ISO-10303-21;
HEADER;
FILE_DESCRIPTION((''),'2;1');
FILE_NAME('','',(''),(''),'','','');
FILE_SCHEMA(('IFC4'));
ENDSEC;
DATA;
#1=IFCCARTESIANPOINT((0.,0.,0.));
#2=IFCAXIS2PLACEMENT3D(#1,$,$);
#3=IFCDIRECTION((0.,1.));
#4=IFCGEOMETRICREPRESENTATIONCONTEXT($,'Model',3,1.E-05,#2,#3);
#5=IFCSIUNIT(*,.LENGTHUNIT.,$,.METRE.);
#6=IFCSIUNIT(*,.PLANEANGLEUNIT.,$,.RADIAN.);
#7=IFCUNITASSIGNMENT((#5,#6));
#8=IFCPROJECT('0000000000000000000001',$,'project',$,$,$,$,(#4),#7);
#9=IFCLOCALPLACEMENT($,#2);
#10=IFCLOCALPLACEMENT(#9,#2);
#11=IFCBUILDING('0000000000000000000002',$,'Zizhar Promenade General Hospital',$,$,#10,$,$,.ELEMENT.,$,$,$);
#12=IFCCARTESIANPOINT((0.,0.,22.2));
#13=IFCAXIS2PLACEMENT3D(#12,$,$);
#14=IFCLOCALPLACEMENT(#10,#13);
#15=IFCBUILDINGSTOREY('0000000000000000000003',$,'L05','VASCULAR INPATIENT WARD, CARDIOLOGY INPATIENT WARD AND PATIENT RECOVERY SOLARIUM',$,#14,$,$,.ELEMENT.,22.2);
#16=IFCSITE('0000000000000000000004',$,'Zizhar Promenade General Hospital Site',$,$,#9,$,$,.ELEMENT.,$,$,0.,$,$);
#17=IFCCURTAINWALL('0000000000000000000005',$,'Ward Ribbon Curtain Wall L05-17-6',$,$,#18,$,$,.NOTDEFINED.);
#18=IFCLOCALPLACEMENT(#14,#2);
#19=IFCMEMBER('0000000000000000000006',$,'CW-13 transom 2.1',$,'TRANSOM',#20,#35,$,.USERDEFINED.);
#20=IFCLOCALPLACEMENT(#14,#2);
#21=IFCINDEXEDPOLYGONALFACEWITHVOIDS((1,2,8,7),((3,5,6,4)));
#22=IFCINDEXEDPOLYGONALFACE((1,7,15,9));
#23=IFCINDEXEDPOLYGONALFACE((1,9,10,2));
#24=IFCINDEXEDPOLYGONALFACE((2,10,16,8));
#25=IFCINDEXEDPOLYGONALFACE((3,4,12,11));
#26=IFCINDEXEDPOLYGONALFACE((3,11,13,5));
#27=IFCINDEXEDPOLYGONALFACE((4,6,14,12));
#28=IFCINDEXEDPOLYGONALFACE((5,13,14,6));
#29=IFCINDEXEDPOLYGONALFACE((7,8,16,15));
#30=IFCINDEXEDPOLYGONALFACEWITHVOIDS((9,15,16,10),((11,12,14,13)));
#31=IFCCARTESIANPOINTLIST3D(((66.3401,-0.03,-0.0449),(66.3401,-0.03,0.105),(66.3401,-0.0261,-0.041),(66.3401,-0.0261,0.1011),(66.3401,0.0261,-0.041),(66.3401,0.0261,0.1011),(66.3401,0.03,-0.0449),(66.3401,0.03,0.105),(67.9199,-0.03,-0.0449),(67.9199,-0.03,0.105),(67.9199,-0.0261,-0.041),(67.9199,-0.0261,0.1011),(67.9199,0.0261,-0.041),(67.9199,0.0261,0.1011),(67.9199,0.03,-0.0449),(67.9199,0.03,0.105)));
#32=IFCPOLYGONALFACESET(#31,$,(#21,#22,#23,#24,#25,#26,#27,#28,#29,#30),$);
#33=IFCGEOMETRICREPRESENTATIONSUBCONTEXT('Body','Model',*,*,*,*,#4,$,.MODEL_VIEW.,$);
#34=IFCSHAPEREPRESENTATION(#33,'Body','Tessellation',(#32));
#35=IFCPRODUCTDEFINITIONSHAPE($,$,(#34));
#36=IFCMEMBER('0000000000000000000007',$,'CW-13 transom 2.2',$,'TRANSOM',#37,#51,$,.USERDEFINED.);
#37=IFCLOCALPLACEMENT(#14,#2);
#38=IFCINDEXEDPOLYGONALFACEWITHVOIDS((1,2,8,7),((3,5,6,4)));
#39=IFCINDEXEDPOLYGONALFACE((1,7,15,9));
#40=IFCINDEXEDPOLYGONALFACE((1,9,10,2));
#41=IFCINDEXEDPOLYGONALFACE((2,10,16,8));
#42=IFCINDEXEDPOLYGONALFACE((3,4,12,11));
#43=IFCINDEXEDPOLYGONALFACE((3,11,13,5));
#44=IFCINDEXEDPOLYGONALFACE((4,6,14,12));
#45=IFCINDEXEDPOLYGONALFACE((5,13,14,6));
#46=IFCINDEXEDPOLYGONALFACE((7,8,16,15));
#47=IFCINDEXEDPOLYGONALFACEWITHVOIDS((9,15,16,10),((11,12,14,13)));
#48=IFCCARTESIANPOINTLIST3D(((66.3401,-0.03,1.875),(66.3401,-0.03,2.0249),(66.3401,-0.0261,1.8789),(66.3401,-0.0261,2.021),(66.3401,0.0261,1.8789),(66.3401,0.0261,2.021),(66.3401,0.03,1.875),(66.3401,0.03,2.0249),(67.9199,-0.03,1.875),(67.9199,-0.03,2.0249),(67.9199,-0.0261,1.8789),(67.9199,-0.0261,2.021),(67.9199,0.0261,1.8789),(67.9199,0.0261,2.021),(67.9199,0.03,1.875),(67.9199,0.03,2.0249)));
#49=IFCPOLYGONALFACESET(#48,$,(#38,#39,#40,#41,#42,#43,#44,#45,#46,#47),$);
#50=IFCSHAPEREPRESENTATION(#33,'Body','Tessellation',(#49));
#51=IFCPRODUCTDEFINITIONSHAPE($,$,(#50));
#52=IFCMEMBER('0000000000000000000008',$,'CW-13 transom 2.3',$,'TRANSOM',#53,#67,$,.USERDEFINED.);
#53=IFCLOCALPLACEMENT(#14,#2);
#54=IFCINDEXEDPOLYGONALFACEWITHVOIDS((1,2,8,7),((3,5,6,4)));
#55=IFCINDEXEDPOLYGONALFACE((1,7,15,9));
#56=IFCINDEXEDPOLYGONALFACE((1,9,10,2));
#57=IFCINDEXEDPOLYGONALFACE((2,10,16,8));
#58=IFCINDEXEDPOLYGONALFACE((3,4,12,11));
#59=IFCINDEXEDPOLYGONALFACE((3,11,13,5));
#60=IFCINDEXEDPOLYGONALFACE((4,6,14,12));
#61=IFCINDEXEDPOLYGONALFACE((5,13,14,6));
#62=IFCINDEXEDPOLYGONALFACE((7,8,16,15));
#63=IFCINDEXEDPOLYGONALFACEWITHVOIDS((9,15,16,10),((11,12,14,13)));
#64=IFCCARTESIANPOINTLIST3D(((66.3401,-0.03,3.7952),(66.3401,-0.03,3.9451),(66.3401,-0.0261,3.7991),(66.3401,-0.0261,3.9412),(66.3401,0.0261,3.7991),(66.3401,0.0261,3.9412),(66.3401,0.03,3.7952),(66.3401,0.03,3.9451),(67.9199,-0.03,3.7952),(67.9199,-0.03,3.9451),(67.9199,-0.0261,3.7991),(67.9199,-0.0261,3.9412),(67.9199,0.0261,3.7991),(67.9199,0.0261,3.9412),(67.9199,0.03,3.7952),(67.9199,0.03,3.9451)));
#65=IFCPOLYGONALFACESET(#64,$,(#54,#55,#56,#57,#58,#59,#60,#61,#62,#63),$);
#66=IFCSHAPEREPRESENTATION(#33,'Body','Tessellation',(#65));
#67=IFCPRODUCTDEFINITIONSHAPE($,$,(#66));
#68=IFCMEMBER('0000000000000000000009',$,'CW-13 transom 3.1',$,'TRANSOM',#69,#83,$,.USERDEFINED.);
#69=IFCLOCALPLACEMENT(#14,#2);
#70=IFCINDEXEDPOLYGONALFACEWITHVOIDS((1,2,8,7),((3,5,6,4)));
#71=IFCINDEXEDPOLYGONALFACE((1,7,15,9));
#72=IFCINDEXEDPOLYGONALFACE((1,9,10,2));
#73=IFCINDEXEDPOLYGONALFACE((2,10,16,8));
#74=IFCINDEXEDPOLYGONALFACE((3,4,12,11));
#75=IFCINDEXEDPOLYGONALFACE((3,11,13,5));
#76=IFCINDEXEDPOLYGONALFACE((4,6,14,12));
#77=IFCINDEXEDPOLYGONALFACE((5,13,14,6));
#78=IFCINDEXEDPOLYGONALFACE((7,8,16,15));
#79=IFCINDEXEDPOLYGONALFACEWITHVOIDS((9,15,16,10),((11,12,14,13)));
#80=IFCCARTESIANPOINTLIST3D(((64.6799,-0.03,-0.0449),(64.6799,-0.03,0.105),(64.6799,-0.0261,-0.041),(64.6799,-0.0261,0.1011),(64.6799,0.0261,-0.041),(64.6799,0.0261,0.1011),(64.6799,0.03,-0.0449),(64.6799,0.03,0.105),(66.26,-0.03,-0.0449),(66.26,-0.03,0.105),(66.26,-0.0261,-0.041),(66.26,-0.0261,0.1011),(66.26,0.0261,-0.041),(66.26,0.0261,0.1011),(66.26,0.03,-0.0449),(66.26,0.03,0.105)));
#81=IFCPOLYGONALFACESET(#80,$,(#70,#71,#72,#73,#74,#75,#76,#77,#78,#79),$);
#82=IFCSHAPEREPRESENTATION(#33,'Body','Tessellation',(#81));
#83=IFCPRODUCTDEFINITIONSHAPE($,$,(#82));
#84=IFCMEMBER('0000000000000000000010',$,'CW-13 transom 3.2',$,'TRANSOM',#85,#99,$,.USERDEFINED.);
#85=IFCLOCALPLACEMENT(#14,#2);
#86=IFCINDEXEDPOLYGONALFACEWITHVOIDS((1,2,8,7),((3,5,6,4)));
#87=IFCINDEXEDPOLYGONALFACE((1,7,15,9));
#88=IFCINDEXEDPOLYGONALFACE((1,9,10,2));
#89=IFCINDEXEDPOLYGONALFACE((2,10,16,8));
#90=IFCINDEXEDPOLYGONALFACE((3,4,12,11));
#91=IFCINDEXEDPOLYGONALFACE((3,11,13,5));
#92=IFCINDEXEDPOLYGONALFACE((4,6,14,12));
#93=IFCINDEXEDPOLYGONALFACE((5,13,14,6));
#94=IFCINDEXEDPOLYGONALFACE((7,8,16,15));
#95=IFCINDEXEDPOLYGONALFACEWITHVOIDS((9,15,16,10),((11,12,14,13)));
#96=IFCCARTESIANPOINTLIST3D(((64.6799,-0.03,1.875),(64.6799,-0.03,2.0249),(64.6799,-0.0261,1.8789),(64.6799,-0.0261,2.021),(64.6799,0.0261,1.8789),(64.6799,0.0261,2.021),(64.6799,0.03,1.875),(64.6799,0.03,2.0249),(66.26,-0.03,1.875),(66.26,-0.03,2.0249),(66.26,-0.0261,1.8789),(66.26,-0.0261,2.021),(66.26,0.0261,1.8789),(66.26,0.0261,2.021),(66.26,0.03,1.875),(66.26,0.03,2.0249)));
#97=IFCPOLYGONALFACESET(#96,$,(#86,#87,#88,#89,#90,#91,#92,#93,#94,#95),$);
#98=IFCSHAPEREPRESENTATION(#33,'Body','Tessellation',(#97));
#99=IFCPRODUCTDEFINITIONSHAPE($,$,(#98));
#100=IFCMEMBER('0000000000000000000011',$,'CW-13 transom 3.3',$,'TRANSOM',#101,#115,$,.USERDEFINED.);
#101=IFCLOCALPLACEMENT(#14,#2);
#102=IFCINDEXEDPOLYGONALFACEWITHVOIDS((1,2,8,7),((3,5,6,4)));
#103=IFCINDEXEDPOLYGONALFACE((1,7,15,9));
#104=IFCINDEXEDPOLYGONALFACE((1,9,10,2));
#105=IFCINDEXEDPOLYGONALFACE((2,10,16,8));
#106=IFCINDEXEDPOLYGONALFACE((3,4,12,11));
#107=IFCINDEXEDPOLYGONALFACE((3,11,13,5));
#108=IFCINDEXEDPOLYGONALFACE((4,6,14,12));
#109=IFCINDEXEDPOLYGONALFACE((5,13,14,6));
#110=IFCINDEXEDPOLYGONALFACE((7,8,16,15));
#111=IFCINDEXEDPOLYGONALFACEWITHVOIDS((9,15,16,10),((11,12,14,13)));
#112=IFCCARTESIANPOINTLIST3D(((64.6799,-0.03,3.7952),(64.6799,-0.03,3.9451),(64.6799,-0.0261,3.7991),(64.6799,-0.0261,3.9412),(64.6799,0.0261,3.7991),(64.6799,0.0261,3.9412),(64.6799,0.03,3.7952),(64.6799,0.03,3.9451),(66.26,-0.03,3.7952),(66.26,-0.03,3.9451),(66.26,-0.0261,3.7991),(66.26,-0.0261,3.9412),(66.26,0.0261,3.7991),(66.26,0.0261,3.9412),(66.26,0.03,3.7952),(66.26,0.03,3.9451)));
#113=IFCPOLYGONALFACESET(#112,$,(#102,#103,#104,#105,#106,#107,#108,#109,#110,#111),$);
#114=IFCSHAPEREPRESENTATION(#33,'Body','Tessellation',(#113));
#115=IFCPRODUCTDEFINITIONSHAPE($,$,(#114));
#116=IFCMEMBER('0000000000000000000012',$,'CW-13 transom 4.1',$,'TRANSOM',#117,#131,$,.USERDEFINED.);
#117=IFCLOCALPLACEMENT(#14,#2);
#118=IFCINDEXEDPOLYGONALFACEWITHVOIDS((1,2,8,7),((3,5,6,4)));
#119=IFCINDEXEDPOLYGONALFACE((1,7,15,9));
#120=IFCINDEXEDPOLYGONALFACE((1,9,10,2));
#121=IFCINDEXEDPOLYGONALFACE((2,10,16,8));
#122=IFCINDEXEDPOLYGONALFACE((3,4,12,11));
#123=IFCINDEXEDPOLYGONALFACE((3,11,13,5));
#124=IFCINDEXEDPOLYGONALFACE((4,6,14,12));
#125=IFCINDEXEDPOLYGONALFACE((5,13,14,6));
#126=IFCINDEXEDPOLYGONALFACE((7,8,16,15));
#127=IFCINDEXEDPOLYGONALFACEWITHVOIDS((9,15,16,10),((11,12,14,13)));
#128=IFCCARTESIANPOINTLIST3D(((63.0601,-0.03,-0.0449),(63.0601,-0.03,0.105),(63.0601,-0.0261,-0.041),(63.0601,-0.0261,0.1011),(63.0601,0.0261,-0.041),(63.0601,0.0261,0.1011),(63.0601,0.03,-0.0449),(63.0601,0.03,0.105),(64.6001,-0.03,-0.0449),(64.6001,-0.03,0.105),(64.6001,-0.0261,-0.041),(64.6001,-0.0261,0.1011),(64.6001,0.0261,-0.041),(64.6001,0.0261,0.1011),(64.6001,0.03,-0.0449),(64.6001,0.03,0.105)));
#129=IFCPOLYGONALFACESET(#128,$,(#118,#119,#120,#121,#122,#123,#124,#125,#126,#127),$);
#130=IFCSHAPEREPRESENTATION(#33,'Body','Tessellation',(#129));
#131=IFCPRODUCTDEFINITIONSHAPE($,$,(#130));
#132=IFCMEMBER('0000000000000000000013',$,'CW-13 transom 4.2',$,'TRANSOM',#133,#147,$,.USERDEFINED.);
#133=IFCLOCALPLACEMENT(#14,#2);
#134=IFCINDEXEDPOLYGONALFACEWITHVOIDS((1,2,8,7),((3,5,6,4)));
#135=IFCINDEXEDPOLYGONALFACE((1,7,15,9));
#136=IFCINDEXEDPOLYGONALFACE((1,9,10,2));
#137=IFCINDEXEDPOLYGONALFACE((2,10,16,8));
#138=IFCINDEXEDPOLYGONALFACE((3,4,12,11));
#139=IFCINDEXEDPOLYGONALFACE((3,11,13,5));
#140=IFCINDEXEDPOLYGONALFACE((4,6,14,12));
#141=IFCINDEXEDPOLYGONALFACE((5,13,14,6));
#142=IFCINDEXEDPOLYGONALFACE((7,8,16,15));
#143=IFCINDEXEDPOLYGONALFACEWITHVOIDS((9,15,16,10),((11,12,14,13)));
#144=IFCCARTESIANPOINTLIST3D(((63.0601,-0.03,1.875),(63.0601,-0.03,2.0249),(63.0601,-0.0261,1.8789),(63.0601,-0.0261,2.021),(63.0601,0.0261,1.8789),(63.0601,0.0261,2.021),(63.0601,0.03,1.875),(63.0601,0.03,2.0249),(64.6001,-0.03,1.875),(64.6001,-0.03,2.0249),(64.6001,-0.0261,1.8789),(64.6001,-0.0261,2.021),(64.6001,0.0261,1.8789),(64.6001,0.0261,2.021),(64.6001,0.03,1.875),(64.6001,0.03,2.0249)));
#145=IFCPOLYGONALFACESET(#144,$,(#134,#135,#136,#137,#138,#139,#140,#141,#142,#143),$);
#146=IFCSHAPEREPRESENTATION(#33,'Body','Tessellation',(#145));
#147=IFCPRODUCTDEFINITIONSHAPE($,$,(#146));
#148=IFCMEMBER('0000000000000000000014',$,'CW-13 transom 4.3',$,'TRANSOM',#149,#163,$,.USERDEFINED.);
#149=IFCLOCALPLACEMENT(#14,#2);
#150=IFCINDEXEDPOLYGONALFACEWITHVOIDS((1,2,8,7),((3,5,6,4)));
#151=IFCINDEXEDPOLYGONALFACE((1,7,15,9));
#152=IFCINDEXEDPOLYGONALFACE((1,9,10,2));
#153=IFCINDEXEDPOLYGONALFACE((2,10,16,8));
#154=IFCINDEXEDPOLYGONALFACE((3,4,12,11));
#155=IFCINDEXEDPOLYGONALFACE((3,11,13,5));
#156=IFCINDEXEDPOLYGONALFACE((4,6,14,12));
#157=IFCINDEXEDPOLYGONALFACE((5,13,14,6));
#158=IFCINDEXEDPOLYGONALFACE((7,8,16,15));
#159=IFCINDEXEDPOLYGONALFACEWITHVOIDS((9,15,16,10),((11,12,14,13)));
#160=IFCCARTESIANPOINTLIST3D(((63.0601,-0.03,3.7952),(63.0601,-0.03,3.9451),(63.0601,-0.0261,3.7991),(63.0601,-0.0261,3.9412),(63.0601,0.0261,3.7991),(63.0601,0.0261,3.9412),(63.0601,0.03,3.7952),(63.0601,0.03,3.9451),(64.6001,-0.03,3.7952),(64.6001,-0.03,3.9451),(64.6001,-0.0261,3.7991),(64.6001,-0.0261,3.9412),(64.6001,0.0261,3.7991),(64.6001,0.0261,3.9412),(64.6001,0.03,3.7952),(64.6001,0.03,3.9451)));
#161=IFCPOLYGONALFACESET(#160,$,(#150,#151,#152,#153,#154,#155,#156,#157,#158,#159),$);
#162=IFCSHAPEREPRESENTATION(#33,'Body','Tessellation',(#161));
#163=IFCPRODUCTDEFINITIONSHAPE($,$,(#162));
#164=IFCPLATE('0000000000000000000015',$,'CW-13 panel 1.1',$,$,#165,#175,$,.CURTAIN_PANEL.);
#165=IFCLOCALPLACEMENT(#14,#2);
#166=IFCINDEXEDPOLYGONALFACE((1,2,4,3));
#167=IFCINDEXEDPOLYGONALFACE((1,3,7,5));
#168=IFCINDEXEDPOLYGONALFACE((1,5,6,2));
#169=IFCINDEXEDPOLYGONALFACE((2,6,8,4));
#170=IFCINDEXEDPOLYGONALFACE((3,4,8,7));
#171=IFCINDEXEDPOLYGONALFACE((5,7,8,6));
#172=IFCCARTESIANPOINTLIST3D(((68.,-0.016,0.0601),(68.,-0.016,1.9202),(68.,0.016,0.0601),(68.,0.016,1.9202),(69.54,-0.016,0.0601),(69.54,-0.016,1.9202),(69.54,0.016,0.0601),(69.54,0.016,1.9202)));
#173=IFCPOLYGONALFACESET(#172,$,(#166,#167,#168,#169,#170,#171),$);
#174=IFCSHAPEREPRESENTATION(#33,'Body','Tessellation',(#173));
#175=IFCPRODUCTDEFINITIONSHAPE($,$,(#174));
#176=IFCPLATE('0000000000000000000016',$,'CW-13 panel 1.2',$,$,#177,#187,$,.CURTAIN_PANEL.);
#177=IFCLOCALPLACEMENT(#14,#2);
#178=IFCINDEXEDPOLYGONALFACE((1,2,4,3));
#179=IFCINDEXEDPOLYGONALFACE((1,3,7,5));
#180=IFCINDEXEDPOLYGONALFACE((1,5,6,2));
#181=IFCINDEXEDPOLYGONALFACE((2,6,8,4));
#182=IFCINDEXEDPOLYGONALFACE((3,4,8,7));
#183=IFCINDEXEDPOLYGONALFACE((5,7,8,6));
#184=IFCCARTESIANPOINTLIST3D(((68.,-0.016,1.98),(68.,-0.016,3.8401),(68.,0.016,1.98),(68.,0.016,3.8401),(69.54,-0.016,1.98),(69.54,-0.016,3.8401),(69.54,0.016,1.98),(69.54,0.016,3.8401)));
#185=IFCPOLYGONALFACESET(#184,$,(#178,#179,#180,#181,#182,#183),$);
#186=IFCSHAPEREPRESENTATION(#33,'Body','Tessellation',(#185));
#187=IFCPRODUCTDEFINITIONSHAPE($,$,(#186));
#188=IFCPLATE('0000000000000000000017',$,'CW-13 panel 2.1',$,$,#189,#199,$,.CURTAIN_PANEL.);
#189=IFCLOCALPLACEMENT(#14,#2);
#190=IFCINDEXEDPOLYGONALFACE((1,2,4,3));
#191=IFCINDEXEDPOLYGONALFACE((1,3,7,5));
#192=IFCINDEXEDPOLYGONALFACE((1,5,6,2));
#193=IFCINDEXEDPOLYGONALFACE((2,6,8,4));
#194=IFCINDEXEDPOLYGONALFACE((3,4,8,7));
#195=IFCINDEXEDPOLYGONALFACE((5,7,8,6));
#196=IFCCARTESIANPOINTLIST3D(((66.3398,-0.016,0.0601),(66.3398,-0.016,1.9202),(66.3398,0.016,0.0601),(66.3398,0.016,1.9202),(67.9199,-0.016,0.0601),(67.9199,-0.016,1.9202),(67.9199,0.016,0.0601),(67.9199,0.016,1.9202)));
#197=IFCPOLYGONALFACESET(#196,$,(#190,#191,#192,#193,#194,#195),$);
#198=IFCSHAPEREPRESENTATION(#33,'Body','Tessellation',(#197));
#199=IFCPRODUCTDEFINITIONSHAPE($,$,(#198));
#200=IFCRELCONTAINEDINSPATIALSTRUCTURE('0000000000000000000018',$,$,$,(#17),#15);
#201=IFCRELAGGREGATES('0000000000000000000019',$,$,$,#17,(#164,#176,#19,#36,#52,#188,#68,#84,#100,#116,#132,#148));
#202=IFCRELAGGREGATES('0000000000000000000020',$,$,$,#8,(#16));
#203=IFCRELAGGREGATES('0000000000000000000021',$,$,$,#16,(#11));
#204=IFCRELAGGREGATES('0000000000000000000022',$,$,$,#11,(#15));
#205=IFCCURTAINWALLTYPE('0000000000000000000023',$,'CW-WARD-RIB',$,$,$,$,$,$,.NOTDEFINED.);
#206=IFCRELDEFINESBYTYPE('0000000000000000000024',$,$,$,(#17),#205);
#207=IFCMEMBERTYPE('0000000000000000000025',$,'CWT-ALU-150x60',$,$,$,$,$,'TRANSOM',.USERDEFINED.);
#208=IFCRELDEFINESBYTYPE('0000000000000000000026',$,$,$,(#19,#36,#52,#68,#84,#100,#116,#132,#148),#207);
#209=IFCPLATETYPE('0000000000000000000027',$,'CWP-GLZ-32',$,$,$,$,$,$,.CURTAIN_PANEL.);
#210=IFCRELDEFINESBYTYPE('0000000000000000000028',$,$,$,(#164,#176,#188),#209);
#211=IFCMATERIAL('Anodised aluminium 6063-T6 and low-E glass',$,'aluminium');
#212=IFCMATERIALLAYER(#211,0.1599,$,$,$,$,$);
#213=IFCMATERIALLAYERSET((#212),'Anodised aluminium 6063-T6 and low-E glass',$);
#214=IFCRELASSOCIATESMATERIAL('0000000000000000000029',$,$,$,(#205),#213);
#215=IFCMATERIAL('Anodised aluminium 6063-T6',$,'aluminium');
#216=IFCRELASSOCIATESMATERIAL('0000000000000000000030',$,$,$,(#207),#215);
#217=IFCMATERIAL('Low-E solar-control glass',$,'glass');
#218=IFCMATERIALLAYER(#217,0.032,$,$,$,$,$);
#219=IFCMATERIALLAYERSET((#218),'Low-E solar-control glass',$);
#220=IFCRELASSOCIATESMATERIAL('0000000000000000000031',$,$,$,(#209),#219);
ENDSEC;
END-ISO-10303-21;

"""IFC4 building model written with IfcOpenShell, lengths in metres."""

from ifc_helpers import new_model, si_unit, direction, frame, origin, origin_2d, place, context, subcontext, project, spatial, rectangle, hollow_rectangle, extrude, material, layer, layer_set, material_profile, profile_set, type_object, element, aggregate, save


model = new_model("IFC4")

# Units and contexts
model_context = context("Model", 3, precision=1e-05, world=origin(), true_north=direction((0.0, 1.0)))
body_context = subcontext(model_context, "Body", "Model", "MODEL_VIEW")
ifc_project = project(units=[si_unit("LENGTHUNIT", "METRE"), si_unit("PLANEANGLEUNIT", "RADIAN")], contexts=[model_context])

# Site, building, storey
site_placement = place(None, origin())
site = spatial("IfcSite", under=ifc_project, at=site_placement, Name="Zizhar Promenade General Hospital Site", CompositionType="ELEMENT", RefElevation=0.0)
building_placement = place(site_placement, origin())
building = spatial("IfcBuilding", under=site, at=building_placement, Name="Zizhar Promenade General Hospital", CompositionType="ELEMENT")
storey_placement = place(building_placement, frame((0.0, 0.0, 22.2)))
storey = spatial("IfcBuildingStorey", under=building, at=storey_placement, Name="L05", Description="VASCULAR INPATIENT WARD, CARDIOLOGY INPATIENT WARD AND PATIENT RECOVERY SOLARIUM", CompositionType="ELEMENT", Elevation=22.2)

# Curtain wall, members, plates
ifc_material_1 = material(Name="Anodised aluminium 6063-T6 and low-E glass", Category="aluminium")
ifc_layer_1 = layer(ifc_material_1, 0.1599)
ifc_layer_set_1 = layer_set([ifc_layer_1], Name="Anodised aluminium 6063-T6 and low-E glass")
curtain_wall_type = type_object("IfcCurtainWallType", Name="CW-WARD-RIB", PredefinedType="NOTDEFINED", material=ifc_layer_set_1)
curtain_wall_placement = place(storey_placement, origin())
curtain_wall = element("IfcCurtainWall", 1, at=curtain_wall_placement, inside=storey, type_object=curtain_wall_type, Name="Ward Ribbon Curtain Wall L05-17-6", PredefinedType="NOTDEFINED")
ifc_material_2 = material(Name="Anodised aluminium 6063-T6", Category="aluminium")
ifc_material_profile_1 = material_profile(ifc_material_2, hollow_rectangle(XDim=0.0601, YDim=0.1499, WallThickness=0.0039, at=origin_2d()))
ifc_profile_set_1 = profile_set([ifc_material_profile_1], Name="Anodised aluminium 6063-T6")
member_type_1 = type_object("IfcMemberType", Name="CWT-ALU-150x60", ElementType="TRANSOM", PredefinedType="USERDEFINED", material=ifc_profile_set_1)
member_1_placement = place(storey_placement, frame((67.9199, 0.0, 0.03), z_axis=(-1.0, 0.0, 0.0), x_axis=(0.0, -1.0, 0.0)))
member_1 = element("IfcMember", 2, at=member_1_placement, type_object=member_type_1, Name="CW-13 transom 2.1", ObjectType="TRANSOM", PredefinedType="USERDEFINED", context=body_context, shape_type="SweptSolid", body=[
    extrude(hollow_rectangle(XDim=0.0601, YDim=0.1499, WallThickness=0.0039, at=origin_2d()), origin(), (0.0, 0.0, 1.0), 1.5798),
])
member_2_placement = place(storey_placement, frame((67.9199, 0.0, 1.95), z_axis=(-1.0, 0.0, 0.0), x_axis=(0.0, -1.0, 0.0)))
member_2 = element("IfcMember", 3, at=member_2_placement, type_object=member_type_1, Name="CW-13 transom 2.2", ObjectType="TRANSOM", PredefinedType="USERDEFINED", context=body_context, shape_type="SweptSolid", body=[
    extrude(hollow_rectangle(XDim=0.0601, YDim=0.1499, WallThickness=0.0039, at=origin_2d()), origin(), (0.0, 0.0, 1.0), 1.5798),
])
member_3_placement = place(storey_placement, frame((67.9199, 0.0, 3.8701), z_axis=(-1.0, 0.0, 0.0), x_axis=(0.0, -1.0, 0.0)))
member_3 = element("IfcMember", 4, at=member_3_placement, type_object=member_type_1, Name="CW-13 transom 2.3", ObjectType="TRANSOM", PredefinedType="USERDEFINED", context=body_context, shape_type="SweptSolid", body=[
    extrude(hollow_rectangle(XDim=0.0601, YDim=0.1499, WallThickness=0.0039, at=origin_2d()), origin(), (0.0, 0.0, 1.0), 1.5798),
])
member_4_placement = place(storey_placement, frame((66.26, 0.0, 0.03), z_axis=(-1.0, 0.0, 0.0), x_axis=(0.0, -1.0, 0.0)))
member_4 = element("IfcMember", 5, at=member_4_placement, type_object=member_type_1, Name="CW-13 transom 3.1", ObjectType="TRANSOM", PredefinedType="USERDEFINED", context=body_context, shape_type="SweptSolid", body=[
    extrude(hollow_rectangle(XDim=0.0601, YDim=0.1499, WallThickness=0.0039, at=origin_2d()), origin(), (0.0, 0.0, 1.0), 1.5801),
])
member_5_placement = place(storey_placement, frame((66.26, 0.0, 1.95), z_axis=(-1.0, 0.0, 0.0), x_axis=(0.0, -1.0, 0.0)))
member_5 = element("IfcMember", 6, at=member_5_placement, type_object=member_type_1, Name="CW-13 transom 3.2", ObjectType="TRANSOM", PredefinedType="USERDEFINED", context=body_context, shape_type="SweptSolid", body=[
    extrude(hollow_rectangle(XDim=0.0601, YDim=0.1499, WallThickness=0.0039, at=origin_2d()), origin(), (0.0, 0.0, 1.0), 1.5801),
])
member_6_placement = place(storey_placement, frame((66.26, 0.0, 3.8701), z_axis=(-1.0, 0.0, 0.0), x_axis=(0.0, -1.0, 0.0)))
member_6 = element("IfcMember", 7, at=member_6_placement, type_object=member_type_1, Name="CW-13 transom 3.3", ObjectType="TRANSOM", PredefinedType="USERDEFINED", context=body_context, shape_type="SweptSolid", body=[
    extrude(hollow_rectangle(XDim=0.0601, YDim=0.1499, WallThickness=0.0039, at=origin_2d()), origin(), (0.0, 0.0, 1.0), 1.5801),
])
member_7_placement = place(storey_placement, frame((64.6001, 0.0, 0.03), z_axis=(-1.0, 0.0, 0.0), x_axis=(0.0, -1.0, 0.0)))
member_7 = element("IfcMember", 8, at=member_7_placement, type_object=member_type_1, Name="CW-13 transom 4.1", ObjectType="TRANSOM", PredefinedType="USERDEFINED", context=body_context, shape_type="SweptSolid", body=[
    extrude(hollow_rectangle(XDim=0.0601, YDim=0.1499, WallThickness=0.0039, at=origin_2d()), origin(), (0.0, 0.0, 1.0), 1.54),
])
member_8_placement = place(storey_placement, frame((64.6001, 0.0, 1.95), z_axis=(-1.0, 0.0, 0.0), x_axis=(0.0, -1.0, 0.0)))
member_8 = element("IfcMember", 9, at=member_8_placement, type_object=member_type_1, Name="CW-13 transom 4.2", ObjectType="TRANSOM", PredefinedType="USERDEFINED", context=body_context, shape_type="SweptSolid", body=[
    extrude(hollow_rectangle(XDim=0.0601, YDim=0.1499, WallThickness=0.0039, at=origin_2d()), origin(), (0.0, 0.0, 1.0), 1.54),
])
member_9_placement = place(storey_placement, frame((64.6001, 0.0, 3.8701), z_axis=(-1.0, 0.0, 0.0), x_axis=(0.0, -1.0, 0.0)))
member_9 = element("IfcMember", 10, at=member_9_placement, type_object=member_type_1, Name="CW-13 transom 4.3", ObjectType="TRANSOM", PredefinedType="USERDEFINED", context=body_context, shape_type="SweptSolid", body=[
    extrude(hollow_rectangle(XDim=0.0601, YDim=0.1499, WallThickness=0.0039, at=origin_2d()), origin(), (0.0, 0.0, 1.0), 1.54),
])
ifc_material_3 = material(Name="Low-E solar-control glass", Category="glass")
ifc_layer_2 = layer(ifc_material_3, 0.032)
ifc_layer_set_2 = layer_set([ifc_layer_2], Name="Low-E solar-control glass")
plate_type = type_object("IfcPlateType", Name="CWP-GLZ-32", PredefinedType="CURTAIN_PANEL", material=ifc_layer_set_2)
plate_1_placement = place(storey_placement, frame((68.77, 0.0, 0.0601), z_axis=(0.0, 0.0, 1.0), x_axis=(-1.0, 0.0, 0.0)))
plate_1 = element("IfcPlate", 11, at=plate_1_placement, type_object=plate_type, Name="CW-13 panel 1.1", PredefinedType="CURTAIN_PANEL", context=body_context, shape_type="SweptSolid", body=[
    extrude(rectangle(XDim=1.54, YDim=0.032, at=origin_2d()), origin(), (0.0, 0.0, 1.0), 1.8601),
])
plate_2_placement = place(storey_placement, frame((68.77, 0.0, 1.98), z_axis=(0.0, 0.0, 1.0), x_axis=(-1.0, 0.0, 0.0)))
plate_2 = element("IfcPlate", 12, at=plate_2_placement, type_object=plate_type, Name="CW-13 panel 1.2", PredefinedType="CURTAIN_PANEL", context=body_context, shape_type="SweptSolid", body=[
    extrude(rectangle(XDim=1.54, YDim=0.032, at=origin_2d()), origin(), (0.0, 0.0, 1.0), 1.8601),
])
plate_3_placement = place(storey_placement, frame((67.1299, 0.0, 0.0601), z_axis=(0.0, 0.0, 1.0), x_axis=(-1.0, 0.0, 0.0)))
plate_3 = element("IfcPlate", 13, at=plate_3_placement, type_object=plate_type, Name="CW-13 panel 2.1", PredefinedType="CURTAIN_PANEL", context=body_context, shape_type="SweptSolid", body=[
    extrude(rectangle(XDim=1.5801, YDim=0.032, at=origin_2d()), origin(), (0.0, 0.0, 1.0), 1.8601),
])
aggregate(curtain_wall, [plate_1, plate_2, member_1, member_2, member_3, plate_3, member_4, member_5, member_6, member_7, member_8, member_9])

save(model, "model.ifc")
